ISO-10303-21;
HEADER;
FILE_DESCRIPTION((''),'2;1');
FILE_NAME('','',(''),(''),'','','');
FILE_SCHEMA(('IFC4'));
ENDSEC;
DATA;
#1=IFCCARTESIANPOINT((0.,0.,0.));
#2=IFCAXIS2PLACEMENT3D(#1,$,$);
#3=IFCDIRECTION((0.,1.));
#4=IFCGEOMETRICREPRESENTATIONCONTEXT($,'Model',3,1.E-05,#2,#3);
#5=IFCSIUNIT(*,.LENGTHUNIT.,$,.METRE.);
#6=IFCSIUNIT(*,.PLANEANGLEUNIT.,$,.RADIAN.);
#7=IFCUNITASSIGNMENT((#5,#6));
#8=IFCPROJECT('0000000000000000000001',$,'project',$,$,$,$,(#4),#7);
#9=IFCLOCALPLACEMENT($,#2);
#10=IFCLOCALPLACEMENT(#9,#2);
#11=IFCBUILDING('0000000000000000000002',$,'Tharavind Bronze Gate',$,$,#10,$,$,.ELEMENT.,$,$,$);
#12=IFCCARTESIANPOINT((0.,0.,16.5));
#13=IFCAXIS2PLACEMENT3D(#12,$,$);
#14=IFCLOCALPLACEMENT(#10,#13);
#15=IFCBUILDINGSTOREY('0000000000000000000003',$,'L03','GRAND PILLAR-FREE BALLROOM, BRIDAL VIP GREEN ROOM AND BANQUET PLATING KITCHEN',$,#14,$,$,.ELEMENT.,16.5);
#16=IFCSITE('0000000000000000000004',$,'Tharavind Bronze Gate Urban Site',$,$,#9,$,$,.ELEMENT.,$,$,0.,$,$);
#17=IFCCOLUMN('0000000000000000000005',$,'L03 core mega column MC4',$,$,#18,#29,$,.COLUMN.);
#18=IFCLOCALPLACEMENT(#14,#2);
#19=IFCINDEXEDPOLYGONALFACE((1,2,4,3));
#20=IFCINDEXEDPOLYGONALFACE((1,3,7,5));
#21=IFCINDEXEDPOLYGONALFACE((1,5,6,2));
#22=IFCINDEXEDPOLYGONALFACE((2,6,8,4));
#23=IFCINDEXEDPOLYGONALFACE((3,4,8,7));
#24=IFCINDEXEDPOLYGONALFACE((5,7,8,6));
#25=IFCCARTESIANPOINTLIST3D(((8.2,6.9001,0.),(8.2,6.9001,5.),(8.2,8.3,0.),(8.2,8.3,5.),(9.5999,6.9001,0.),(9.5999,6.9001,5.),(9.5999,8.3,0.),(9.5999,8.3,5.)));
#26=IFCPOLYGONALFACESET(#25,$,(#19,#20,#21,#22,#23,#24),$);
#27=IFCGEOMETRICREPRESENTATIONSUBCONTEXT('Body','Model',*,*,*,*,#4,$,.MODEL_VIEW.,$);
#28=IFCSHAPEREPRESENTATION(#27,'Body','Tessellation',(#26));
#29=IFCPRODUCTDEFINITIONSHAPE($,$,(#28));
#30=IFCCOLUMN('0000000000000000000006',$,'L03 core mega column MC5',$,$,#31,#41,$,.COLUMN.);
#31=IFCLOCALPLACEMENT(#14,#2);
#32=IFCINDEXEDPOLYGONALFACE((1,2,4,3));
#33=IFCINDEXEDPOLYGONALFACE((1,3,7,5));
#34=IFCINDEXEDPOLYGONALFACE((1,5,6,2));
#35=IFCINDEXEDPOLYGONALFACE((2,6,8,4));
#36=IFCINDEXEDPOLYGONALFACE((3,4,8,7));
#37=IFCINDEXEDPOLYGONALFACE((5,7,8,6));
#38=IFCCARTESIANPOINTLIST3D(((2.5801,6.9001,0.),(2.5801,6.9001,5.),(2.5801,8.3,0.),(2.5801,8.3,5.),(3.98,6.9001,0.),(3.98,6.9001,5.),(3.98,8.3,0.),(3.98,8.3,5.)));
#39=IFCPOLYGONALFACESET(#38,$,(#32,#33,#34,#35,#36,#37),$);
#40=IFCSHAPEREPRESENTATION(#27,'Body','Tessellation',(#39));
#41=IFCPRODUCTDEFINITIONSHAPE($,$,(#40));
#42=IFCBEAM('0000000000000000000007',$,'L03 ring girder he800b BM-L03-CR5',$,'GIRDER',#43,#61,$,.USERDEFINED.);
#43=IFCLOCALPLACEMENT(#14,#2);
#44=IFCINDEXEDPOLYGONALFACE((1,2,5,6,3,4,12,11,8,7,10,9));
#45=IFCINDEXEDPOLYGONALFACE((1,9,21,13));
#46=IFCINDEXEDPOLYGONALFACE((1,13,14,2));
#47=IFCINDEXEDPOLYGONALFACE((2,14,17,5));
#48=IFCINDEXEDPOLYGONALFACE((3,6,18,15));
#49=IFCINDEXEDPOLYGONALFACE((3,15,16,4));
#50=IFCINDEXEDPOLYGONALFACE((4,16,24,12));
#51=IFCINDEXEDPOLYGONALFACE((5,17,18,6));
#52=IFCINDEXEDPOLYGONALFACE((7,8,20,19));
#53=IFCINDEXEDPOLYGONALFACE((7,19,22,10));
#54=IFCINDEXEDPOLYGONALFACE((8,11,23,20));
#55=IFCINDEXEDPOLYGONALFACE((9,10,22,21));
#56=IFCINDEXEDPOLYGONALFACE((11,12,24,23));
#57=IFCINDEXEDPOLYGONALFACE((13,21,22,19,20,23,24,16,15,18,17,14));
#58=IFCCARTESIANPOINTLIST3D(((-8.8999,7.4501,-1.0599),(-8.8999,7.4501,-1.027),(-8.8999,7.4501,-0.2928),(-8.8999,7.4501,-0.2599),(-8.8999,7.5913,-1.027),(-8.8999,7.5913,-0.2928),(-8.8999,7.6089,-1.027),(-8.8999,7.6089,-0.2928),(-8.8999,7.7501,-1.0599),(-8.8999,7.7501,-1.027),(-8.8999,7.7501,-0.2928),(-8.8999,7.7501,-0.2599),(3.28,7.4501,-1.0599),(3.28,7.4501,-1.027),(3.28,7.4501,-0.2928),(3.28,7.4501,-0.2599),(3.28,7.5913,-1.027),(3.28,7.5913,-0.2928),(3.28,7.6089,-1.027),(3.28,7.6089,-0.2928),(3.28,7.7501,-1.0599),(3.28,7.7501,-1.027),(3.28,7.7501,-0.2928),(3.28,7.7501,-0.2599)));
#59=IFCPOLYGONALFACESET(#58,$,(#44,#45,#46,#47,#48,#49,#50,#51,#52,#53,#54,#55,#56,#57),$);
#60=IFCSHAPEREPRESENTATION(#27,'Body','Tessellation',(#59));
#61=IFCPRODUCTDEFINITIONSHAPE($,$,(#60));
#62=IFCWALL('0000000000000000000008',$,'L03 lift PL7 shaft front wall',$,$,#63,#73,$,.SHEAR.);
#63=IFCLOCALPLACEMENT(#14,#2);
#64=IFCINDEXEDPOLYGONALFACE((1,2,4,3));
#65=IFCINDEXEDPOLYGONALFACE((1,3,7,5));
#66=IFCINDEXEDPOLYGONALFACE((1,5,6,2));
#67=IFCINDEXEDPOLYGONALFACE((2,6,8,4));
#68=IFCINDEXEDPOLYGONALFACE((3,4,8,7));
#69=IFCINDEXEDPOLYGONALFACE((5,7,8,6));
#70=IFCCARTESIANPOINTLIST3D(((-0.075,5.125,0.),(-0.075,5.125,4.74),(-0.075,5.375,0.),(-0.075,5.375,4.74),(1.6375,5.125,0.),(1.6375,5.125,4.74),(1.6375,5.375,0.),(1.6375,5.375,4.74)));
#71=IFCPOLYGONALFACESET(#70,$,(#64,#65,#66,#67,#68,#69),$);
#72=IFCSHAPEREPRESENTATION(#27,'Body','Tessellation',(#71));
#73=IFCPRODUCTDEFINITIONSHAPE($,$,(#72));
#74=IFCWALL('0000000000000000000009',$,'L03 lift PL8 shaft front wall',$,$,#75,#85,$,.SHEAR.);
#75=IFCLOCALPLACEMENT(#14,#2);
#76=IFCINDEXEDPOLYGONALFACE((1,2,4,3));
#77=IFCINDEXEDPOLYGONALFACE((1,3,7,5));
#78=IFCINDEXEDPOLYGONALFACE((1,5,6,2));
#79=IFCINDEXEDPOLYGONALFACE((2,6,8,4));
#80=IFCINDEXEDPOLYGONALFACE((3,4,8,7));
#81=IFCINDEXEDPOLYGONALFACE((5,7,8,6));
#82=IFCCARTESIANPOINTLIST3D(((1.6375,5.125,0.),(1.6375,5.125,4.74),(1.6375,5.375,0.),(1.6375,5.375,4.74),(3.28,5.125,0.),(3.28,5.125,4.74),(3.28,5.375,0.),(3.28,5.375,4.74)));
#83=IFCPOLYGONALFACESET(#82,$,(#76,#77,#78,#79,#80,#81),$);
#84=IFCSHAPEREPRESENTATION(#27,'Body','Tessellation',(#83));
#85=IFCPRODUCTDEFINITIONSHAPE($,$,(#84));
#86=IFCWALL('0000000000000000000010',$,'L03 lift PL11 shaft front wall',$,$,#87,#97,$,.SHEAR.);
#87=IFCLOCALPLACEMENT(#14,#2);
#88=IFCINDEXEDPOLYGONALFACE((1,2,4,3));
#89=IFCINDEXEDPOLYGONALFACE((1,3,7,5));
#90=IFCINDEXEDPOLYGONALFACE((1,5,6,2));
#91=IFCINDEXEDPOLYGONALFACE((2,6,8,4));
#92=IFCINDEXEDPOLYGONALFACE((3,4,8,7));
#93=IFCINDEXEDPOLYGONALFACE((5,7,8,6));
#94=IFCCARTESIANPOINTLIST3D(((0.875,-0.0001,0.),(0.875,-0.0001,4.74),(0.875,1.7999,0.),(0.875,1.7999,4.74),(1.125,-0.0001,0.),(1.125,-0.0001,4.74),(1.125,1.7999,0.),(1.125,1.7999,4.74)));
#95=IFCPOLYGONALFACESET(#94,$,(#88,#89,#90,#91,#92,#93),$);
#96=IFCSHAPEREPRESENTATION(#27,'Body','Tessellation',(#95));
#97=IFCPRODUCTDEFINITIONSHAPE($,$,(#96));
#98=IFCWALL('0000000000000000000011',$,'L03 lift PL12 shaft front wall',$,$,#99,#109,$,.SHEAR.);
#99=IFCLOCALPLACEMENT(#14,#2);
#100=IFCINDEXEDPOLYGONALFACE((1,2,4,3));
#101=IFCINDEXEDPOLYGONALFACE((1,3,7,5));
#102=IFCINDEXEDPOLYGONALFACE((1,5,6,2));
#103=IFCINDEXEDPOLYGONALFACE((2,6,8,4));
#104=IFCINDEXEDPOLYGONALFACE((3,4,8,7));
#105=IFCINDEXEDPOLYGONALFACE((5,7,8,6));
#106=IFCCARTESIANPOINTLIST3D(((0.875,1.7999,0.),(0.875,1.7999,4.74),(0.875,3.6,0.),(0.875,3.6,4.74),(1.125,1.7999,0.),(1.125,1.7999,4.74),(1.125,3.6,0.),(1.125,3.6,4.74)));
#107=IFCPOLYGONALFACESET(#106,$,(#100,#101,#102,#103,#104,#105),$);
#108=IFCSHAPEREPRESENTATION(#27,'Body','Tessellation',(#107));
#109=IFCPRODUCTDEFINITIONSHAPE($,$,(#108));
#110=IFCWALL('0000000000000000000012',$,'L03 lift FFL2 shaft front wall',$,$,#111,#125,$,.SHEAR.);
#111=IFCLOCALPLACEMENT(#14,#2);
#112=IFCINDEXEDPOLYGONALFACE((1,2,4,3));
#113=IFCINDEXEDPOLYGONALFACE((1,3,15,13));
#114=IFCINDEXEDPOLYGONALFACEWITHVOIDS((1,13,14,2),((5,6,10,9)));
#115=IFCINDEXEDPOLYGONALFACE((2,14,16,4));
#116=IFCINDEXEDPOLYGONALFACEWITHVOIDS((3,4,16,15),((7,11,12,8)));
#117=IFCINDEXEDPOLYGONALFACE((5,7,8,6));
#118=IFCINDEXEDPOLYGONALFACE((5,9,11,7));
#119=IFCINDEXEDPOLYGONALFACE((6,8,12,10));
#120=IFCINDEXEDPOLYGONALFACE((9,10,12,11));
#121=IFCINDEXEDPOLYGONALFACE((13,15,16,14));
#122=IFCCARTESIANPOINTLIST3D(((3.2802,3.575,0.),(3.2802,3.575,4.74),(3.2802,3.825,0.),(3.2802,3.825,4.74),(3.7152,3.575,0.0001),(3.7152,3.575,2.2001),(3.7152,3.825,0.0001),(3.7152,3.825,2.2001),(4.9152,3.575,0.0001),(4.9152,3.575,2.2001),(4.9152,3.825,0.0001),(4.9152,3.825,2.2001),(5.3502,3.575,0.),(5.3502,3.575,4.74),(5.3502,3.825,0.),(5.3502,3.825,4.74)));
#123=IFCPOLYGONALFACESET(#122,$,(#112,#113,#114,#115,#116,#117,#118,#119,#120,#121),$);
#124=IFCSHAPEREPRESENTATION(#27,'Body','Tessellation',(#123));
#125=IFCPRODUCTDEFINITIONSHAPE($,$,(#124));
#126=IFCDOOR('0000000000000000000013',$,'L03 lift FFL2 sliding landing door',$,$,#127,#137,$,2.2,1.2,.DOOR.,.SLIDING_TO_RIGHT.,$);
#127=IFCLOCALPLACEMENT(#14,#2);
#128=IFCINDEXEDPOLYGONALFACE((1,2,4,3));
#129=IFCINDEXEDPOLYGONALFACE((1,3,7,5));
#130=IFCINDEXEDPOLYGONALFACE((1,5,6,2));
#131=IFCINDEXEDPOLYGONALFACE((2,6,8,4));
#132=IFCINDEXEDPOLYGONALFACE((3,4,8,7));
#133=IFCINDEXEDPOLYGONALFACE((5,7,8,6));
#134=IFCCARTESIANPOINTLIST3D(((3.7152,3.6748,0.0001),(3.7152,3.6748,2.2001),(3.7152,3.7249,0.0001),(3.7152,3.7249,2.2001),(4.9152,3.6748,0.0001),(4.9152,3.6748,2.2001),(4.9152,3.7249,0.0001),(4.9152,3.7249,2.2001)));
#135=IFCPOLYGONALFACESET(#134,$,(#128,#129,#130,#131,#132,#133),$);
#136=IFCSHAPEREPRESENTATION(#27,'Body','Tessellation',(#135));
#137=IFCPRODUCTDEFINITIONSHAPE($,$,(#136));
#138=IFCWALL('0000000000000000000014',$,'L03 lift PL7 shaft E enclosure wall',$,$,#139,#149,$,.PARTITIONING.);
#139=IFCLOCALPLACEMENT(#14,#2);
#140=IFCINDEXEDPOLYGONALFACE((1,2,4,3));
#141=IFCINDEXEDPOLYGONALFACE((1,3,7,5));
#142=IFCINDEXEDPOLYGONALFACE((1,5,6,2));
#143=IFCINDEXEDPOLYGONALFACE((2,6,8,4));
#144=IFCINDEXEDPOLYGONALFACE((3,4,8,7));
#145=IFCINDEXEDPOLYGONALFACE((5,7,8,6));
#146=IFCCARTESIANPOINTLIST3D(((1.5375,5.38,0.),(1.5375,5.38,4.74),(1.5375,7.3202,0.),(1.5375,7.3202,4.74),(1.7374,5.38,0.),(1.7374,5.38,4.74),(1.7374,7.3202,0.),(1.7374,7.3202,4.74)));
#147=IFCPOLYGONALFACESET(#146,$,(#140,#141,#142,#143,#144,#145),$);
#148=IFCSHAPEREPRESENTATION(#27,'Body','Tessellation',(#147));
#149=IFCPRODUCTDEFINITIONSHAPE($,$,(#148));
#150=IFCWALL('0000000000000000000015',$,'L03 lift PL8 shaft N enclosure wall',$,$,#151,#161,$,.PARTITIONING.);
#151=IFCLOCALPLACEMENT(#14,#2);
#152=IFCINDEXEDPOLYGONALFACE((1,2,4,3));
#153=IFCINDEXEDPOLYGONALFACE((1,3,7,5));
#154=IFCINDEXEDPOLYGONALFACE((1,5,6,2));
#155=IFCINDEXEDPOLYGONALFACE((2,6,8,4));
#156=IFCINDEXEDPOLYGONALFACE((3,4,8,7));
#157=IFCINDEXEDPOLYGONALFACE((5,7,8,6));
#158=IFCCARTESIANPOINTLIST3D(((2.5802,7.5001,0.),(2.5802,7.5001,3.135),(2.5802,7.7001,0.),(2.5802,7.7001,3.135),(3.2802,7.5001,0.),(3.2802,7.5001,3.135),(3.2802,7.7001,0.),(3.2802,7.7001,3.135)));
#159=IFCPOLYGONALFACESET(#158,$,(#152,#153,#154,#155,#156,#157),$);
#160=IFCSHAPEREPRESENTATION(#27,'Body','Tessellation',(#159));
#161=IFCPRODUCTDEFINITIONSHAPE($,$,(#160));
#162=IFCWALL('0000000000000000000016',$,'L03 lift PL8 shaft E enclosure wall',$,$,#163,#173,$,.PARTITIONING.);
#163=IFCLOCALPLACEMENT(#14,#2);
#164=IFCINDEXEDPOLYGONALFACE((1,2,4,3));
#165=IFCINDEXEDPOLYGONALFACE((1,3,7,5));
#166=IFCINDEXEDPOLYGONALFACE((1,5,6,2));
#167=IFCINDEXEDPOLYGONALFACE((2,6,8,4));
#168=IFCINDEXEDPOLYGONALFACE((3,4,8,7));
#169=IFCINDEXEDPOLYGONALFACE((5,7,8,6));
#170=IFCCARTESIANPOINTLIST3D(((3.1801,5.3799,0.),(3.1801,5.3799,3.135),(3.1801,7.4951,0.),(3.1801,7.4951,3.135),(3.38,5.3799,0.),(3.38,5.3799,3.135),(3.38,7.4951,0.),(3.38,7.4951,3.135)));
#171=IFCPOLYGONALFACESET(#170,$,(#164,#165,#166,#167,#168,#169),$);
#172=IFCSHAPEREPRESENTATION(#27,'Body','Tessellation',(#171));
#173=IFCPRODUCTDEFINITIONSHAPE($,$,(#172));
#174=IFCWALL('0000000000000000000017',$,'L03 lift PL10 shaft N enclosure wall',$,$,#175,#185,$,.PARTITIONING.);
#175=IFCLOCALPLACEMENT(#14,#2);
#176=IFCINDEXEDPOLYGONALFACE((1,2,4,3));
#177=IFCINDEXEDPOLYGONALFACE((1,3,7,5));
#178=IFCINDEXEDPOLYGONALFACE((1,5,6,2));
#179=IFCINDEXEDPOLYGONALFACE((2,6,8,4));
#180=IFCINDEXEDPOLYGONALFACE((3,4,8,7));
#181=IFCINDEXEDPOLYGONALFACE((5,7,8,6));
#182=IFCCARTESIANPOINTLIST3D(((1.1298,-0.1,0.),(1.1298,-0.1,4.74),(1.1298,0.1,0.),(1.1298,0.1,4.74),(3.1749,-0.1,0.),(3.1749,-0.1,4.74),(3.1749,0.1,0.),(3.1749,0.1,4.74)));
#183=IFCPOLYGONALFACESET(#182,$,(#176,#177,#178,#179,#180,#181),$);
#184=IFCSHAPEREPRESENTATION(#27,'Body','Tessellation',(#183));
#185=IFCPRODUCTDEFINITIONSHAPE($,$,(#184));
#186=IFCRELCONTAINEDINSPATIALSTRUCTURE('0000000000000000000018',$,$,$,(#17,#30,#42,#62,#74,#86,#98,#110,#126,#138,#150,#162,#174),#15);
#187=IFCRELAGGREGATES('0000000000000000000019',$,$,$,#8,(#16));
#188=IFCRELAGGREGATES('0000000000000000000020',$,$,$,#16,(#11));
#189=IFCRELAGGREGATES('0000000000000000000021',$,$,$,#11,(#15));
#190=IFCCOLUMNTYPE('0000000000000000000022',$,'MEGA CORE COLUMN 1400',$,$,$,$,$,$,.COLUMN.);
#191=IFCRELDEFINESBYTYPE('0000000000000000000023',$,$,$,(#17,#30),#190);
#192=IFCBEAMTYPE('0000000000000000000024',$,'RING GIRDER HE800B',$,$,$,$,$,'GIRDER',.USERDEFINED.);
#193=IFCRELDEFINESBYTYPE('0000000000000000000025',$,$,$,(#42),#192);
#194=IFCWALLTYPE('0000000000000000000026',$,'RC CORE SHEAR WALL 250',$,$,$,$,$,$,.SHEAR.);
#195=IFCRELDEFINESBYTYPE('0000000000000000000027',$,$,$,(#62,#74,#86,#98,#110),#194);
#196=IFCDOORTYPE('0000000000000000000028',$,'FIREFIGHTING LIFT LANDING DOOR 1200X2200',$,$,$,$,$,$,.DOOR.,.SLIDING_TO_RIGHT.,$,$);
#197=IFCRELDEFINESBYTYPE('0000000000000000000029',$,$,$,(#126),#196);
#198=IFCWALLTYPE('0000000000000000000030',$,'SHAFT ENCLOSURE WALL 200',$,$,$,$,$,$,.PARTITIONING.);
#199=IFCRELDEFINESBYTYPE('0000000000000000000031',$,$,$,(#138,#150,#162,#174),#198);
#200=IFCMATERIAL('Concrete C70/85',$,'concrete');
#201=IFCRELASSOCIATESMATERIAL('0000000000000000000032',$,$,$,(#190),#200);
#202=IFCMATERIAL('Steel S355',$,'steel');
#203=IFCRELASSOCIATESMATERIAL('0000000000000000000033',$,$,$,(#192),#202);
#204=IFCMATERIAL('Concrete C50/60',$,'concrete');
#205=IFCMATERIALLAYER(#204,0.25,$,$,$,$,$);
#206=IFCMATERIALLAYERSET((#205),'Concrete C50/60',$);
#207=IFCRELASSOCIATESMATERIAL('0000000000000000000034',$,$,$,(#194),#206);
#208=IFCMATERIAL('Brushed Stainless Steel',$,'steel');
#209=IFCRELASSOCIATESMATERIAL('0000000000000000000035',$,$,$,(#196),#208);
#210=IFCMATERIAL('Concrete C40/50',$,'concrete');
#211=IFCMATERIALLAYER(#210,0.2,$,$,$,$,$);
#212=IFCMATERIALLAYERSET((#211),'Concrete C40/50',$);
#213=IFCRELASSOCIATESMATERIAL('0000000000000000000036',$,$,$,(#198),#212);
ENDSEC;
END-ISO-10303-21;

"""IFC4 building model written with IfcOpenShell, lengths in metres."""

from ifc_helpers import new_model, si_unit, direction, frame, frame_2d, origin, origin_2d, place, context, subcontext, project, spatial, rectangle, i_section, extrude, material, layer, layer_set, material_profile, profile_set, type_object, element, fill, save


model = new_model("IFC4")

# Units and contexts
model_context = context("Model", 3, precision=1e-05, world=origin(), true_north=direction((0.0, 1.0)))
body_context = subcontext(model_context, "Body", "Model", "MODEL_VIEW")
ifc_project = project(units=[si_unit("LENGTHUNIT", "METRE"), si_unit("PLANEANGLEUNIT", "RADIAN")], contexts=[model_context])

# Site, building, storey
site_placement = place(None, origin())
site = spatial("IfcSite", under=ifc_project, at=site_placement, Name="Tharavind Bronze Gate Urban Site", CompositionType="ELEMENT", RefElevation=0.0)
building_placement = place(site_placement, origin())
building = spatial("IfcBuilding", under=site, at=building_placement, Name="Tharavind Bronze Gate", CompositionType="ELEMENT")
storey_placement = place(building_placement, frame((0.0, 0.0, 16.5)))
storey = spatial("IfcBuildingStorey", under=building, at=storey_placement, Name="L03", Description="GRAND PILLAR-FREE BALLROOM, BRIDAL VIP GREEN ROOM AND BANQUET PLATING KITCHEN", CompositionType="ELEMENT", Elevation=16.5)

# Columns
ifc_material_1 = material(Name="Concrete C70/85", Category="concrete")
ifc_material_profile_1 = material_profile(ifc_material_1, rectangle(XDim=1.3999, YDim=1.3999, at=origin_2d()), Name="RCCOL1400")
ifc_profile_set_1 = profile_set([ifc_material_profile_1], Name="Concrete C70/85")
column_type = type_object("IfcColumnType", Name="MEGA CORE COLUMN 1400", PredefinedType="COLUMN", material=ifc_profile_set_1)
for number, where, z_axis, x_axis, name in (
    (1, (8.8999, 7.6001, 0.0), (0.0, 0.0, 1.0), (1.0, 0.0, 0.0), "L03 core mega column MC4"),
    (2, (3.28, 7.6001, 0.0), (0.0, 0.0, 1.0), (1.0, 0.0, 0.0), "L03 core mega column MC5"),
):
    element("IfcColumn", number, at=place(storey_placement, frame(where, z_axis=z_axis, x_axis=x_axis)), inside=storey, type_object=column_type, Name=name, PredefinedType="COLUMN", context=body_context, shape_type="SweptSolid", body=[
        extrude(rectangle(XDim=1.3999, YDim=1.3999, at=origin_2d()), origin(), (0.0, 0.0, 1.0), 5.0),
    ])

# Beam
ifc_material_2 = material(Name="Steel S355", Category="steel")
ifc_material_profile_2 = material_profile(ifc_material_2, i_section(OverallWidth=0.3, OverallDepth=0.8, WebThickness=0.0176, FlangeThickness=0.033, at=origin_2d()), Name="HE800B")
ifc_profile_set_2 = profile_set([ifc_material_profile_2], Name="Steel S355")
beam_type = type_object("IfcBeamType", Name="RING GIRDER HE800B", ElementType="GIRDER", PredefinedType="USERDEFINED", material=ifc_profile_set_2)
beam_placement = place(storey_placement, frame((3.28, 7.6001, -0.6599), z_axis=(-1.0, 0.0, 0.0), x_axis=(0.0, -1.0, 0.0)))
element("IfcBeam", 3, at=beam_placement, inside=storey, type_object=beam_type, Name="L03 ring girder he800b BM-L03-CR5", ObjectType="GIRDER", PredefinedType="USERDEFINED", context=body_context, shape_type="SweptSolid", body=[
    extrude(i_section(OverallWidth=0.3, OverallDepth=0.8, WebThickness=0.0176, FlangeThickness=0.033, at=origin_2d()), origin(), (0.0, 0.0, 1.0), 12.1799),
])

# Shared definitions
ifc_material_3 = material(Name="Concrete C50/60", Category="concrete")
ifc_layer_1 = layer(ifc_material_3, 0.25)
ifc_layer_set_1 = layer_set([ifc_layer_1], Name="Concrete C50/60")
wall_type_1 = type_object("IfcWallType", Name="RC CORE SHEAR WALL 250", PredefinedType="SHEAR", material=ifc_layer_set_1)

# Walls
wall_1_placement = place(storey_placement, frame((-0.075, 5.25, 0.0), z_axis=(0.0, 0.0, 1.0), x_axis=(1.0, 0.0, 0.0)))
element("IfcWall", 4, at=wall_1_placement, inside=storey, type_object=wall_type_1, Name="L03 lift PL7 shaft front wall", PredefinedType="SHEAR", context=body_context, shape_type="SweptSolid", body=[
    extrude(rectangle(XDim=1.7124, YDim=0.25, at=frame_2d((0.8562, 0.0))), origin(), (0.0, 0.0, 1.0), 4.74),
])
wall_2_placement = place(storey_placement, frame((1.6375, 5.25, 0.0), z_axis=(0.0, 0.0, 1.0), x_axis=(1.0, 0.0, 0.0)))
element("IfcWall", 5, at=wall_2_placement, inside=storey, type_object=wall_type_1, Name="L03 lift PL8 shaft front wall", PredefinedType="SHEAR", context=body_context, shape_type="SweptSolid", body=[
    extrude(rectangle(XDim=1.6426, YDim=0.25, at=frame_2d((0.8213, 0.0))), origin(), (0.0, 0.0, 1.0), 4.74),
])
for number, where, z_axis, x_axis, name in (
    (6, (1.0, 0.0, 0.0), (0.0, 0.0, 1.0), (0.0, 1.0, 0.0), "L03 lift PL11 shaft front wall"),
    (7, (1.0, 1.8, 0.0), (0.0, 0.0, 1.0), (0.0, 1.0, 0.0), "L03 lift PL12 shaft front wall"),
):
    element("IfcWall", number, at=place(storey_placement, frame(where, z_axis=z_axis, x_axis=x_axis)), inside=storey, type_object=wall_type_1, Name=name, PredefinedType="SHEAR", context=body_context, shape_type="SweptSolid", body=[
        extrude(rectangle(XDim=1.8, YDim=0.25, at=frame_2d((0.8999, 0.0))), origin(), (0.0, 0.0, 1.0), 4.74),
    ])

# Wall, opening, door
wall_3_placement = place(storey_placement, frame((3.28, 3.7, 0.0), z_axis=(0.0, 0.0, 1.0), x_axis=(1.0, 0.0, 0.0)))
wall_3 = element("IfcWall", 8, at=wall_3_placement, inside=storey, type_object=wall_type_1, Name="L03 lift FFL2 shaft front wall", PredefinedType="SHEAR", context=body_context, shape_type="SweptSolid", body=[
    extrude(rectangle(XDim=2.0701, YDim=0.25, at=frame_2d((1.0352, 0.0))), origin(), (0.0, 0.0, 1.0), 4.74),
])
opening_1_placement = place(wall_3_placement, frame((0.4351, 0.0, 0.0)))
opening_1 = element("IfcOpeningElement", 9, at=opening_1_placement, cuts=wall_3, PredefinedType="OPENING", context=body_context, shape_type="SweptSolid", body=[
    extrude(rectangle(XDim=1.2, YDim=2.2, at=frame_2d((0.6001, 1.1001))), frame((0.0, 0.135, 0.0), z_axis=(0.0, -1.0, 0.0), x_axis=(1.0, 0.0, 0.0)), (0.0, 0.0, 1.0), 0.27),
])
ifc_material_4 = material(Name="Brushed Stainless Steel", Category="steel")
door_type_1 = type_object("IfcDoorType", Name="FIREFIGHTING LIFT LANDING DOOR 1200X2200", OperationType="SLIDING_TO_RIGHT", PredefinedType="DOOR", material=ifc_material_4)
door_1_placement = place(opening_1_placement, origin())
door_1 = element("IfcDoor", 10, at=door_1_placement, inside=storey, type_object=door_type_1, Name="L03 lift FFL2 sliding landing door", OperationType="SLIDING_TO_RIGHT", OverallHeight=2.2, OverallWidth=1.2, PredefinedType="DOOR", context=body_context, shape_type="SweptSolid", body=[
    extrude(rectangle(XDim=1.2, YDim=2.2, at=frame_2d((0.6001, 1.1001))), frame((0.0, 0.0249, 0.0), z_axis=(0.0, -1.0, 0.0), x_axis=(1.0, 0.0, 0.0)), (0.0, 0.0, 1.0), 0.05),
])
fill(opening_1, door_1)

# Walls
ifc_material_5 = material(Name="Concrete C40/50", Category="concrete")
ifc_layer_2 = layer(ifc_material_5, 0.2)
ifc_layer_set_2 = layer_set([ifc_layer_2], Name="Concrete C40/50")
wall_type_2 = type_object("IfcWallType", Name="SHAFT ENCLOSURE WALL 200", PredefinedType="PARTITIONING", material=ifc_layer_set_2)
wall_4_placement = place(storey_placement, frame((1.6375, 5.3799, 0.0), z_axis=(0.0, 0.0, 1.0), x_axis=(0.0, 1.0, 0.0)))
element("IfcWall", 11, at=wall_4_placement, inside=storey, type_object=wall_type_2, Name="L03 lift PL7 shaft E enclosure wall", PredefinedType="PARTITIONING", context=body_context, shape_type="SweptSolid", body=[
    extrude(rectangle(XDim=1.9402, YDim=0.2, at=frame_2d((0.9702, 0.0))), origin(), (0.0, 0.0, 1.0), 4.74),
])
wall_5_placement = place(storey_placement, frame((2.5801, 7.6001, 0.0), z_axis=(0.0, 0.0, 1.0), x_axis=(1.0, 0.0, 0.0)))
element("IfcWall", 12, at=wall_5_placement, inside=storey, type_object=wall_type_2, Name="L03 lift PL8 shaft N enclosure wall", PredefinedType="PARTITIONING", context=body_context, shape_type="SweptSolid", body=[
    extrude(rectangle(XDim=0.7, YDim=0.2, at=frame_2d((0.3501, 0.0))), origin(), (0.0, 0.0, 1.0), 3.135),
])
wall_6_placement = place(storey_placement, frame((3.28, 5.3799, 0.0), z_axis=(0.0, 0.0, 1.0), x_axis=(0.0, 1.0, 0.0)))
element("IfcWall", 13, at=wall_6_placement, inside=storey, type_object=wall_type_2, Name="L03 lift PL8 shaft E enclosure wall", PredefinedType="PARTITIONING", context=body_context, shape_type="SweptSolid", body=[
    extrude(rectangle(XDim=2.1152, YDim=0.2, at=frame_2d((1.0576, 0.0))), origin(), (0.0, 0.0, 1.0), 3.135),
])
wall_7_placement = place(storey_placement, frame((1.1299, 0.0, 0.0), z_axis=(0.0, 0.0, 1.0), x_axis=(1.0, 0.0, 0.0)))
element("IfcWall", 14, at=wall_7_placement, inside=storey, type_object=wall_type_2, Name="L03 lift PL10 shaft N enclosure wall", PredefinedType="PARTITIONING", context=body_context, shape_type="SweptSolid", body=[
    extrude(rectangle(XDim=2.0452, YDim=0.2, at=frame_2d((1.0225, 0.0))), origin(), (0.0, 0.0, 1.0), 4.74),
])

save(model, "model.ifc")
